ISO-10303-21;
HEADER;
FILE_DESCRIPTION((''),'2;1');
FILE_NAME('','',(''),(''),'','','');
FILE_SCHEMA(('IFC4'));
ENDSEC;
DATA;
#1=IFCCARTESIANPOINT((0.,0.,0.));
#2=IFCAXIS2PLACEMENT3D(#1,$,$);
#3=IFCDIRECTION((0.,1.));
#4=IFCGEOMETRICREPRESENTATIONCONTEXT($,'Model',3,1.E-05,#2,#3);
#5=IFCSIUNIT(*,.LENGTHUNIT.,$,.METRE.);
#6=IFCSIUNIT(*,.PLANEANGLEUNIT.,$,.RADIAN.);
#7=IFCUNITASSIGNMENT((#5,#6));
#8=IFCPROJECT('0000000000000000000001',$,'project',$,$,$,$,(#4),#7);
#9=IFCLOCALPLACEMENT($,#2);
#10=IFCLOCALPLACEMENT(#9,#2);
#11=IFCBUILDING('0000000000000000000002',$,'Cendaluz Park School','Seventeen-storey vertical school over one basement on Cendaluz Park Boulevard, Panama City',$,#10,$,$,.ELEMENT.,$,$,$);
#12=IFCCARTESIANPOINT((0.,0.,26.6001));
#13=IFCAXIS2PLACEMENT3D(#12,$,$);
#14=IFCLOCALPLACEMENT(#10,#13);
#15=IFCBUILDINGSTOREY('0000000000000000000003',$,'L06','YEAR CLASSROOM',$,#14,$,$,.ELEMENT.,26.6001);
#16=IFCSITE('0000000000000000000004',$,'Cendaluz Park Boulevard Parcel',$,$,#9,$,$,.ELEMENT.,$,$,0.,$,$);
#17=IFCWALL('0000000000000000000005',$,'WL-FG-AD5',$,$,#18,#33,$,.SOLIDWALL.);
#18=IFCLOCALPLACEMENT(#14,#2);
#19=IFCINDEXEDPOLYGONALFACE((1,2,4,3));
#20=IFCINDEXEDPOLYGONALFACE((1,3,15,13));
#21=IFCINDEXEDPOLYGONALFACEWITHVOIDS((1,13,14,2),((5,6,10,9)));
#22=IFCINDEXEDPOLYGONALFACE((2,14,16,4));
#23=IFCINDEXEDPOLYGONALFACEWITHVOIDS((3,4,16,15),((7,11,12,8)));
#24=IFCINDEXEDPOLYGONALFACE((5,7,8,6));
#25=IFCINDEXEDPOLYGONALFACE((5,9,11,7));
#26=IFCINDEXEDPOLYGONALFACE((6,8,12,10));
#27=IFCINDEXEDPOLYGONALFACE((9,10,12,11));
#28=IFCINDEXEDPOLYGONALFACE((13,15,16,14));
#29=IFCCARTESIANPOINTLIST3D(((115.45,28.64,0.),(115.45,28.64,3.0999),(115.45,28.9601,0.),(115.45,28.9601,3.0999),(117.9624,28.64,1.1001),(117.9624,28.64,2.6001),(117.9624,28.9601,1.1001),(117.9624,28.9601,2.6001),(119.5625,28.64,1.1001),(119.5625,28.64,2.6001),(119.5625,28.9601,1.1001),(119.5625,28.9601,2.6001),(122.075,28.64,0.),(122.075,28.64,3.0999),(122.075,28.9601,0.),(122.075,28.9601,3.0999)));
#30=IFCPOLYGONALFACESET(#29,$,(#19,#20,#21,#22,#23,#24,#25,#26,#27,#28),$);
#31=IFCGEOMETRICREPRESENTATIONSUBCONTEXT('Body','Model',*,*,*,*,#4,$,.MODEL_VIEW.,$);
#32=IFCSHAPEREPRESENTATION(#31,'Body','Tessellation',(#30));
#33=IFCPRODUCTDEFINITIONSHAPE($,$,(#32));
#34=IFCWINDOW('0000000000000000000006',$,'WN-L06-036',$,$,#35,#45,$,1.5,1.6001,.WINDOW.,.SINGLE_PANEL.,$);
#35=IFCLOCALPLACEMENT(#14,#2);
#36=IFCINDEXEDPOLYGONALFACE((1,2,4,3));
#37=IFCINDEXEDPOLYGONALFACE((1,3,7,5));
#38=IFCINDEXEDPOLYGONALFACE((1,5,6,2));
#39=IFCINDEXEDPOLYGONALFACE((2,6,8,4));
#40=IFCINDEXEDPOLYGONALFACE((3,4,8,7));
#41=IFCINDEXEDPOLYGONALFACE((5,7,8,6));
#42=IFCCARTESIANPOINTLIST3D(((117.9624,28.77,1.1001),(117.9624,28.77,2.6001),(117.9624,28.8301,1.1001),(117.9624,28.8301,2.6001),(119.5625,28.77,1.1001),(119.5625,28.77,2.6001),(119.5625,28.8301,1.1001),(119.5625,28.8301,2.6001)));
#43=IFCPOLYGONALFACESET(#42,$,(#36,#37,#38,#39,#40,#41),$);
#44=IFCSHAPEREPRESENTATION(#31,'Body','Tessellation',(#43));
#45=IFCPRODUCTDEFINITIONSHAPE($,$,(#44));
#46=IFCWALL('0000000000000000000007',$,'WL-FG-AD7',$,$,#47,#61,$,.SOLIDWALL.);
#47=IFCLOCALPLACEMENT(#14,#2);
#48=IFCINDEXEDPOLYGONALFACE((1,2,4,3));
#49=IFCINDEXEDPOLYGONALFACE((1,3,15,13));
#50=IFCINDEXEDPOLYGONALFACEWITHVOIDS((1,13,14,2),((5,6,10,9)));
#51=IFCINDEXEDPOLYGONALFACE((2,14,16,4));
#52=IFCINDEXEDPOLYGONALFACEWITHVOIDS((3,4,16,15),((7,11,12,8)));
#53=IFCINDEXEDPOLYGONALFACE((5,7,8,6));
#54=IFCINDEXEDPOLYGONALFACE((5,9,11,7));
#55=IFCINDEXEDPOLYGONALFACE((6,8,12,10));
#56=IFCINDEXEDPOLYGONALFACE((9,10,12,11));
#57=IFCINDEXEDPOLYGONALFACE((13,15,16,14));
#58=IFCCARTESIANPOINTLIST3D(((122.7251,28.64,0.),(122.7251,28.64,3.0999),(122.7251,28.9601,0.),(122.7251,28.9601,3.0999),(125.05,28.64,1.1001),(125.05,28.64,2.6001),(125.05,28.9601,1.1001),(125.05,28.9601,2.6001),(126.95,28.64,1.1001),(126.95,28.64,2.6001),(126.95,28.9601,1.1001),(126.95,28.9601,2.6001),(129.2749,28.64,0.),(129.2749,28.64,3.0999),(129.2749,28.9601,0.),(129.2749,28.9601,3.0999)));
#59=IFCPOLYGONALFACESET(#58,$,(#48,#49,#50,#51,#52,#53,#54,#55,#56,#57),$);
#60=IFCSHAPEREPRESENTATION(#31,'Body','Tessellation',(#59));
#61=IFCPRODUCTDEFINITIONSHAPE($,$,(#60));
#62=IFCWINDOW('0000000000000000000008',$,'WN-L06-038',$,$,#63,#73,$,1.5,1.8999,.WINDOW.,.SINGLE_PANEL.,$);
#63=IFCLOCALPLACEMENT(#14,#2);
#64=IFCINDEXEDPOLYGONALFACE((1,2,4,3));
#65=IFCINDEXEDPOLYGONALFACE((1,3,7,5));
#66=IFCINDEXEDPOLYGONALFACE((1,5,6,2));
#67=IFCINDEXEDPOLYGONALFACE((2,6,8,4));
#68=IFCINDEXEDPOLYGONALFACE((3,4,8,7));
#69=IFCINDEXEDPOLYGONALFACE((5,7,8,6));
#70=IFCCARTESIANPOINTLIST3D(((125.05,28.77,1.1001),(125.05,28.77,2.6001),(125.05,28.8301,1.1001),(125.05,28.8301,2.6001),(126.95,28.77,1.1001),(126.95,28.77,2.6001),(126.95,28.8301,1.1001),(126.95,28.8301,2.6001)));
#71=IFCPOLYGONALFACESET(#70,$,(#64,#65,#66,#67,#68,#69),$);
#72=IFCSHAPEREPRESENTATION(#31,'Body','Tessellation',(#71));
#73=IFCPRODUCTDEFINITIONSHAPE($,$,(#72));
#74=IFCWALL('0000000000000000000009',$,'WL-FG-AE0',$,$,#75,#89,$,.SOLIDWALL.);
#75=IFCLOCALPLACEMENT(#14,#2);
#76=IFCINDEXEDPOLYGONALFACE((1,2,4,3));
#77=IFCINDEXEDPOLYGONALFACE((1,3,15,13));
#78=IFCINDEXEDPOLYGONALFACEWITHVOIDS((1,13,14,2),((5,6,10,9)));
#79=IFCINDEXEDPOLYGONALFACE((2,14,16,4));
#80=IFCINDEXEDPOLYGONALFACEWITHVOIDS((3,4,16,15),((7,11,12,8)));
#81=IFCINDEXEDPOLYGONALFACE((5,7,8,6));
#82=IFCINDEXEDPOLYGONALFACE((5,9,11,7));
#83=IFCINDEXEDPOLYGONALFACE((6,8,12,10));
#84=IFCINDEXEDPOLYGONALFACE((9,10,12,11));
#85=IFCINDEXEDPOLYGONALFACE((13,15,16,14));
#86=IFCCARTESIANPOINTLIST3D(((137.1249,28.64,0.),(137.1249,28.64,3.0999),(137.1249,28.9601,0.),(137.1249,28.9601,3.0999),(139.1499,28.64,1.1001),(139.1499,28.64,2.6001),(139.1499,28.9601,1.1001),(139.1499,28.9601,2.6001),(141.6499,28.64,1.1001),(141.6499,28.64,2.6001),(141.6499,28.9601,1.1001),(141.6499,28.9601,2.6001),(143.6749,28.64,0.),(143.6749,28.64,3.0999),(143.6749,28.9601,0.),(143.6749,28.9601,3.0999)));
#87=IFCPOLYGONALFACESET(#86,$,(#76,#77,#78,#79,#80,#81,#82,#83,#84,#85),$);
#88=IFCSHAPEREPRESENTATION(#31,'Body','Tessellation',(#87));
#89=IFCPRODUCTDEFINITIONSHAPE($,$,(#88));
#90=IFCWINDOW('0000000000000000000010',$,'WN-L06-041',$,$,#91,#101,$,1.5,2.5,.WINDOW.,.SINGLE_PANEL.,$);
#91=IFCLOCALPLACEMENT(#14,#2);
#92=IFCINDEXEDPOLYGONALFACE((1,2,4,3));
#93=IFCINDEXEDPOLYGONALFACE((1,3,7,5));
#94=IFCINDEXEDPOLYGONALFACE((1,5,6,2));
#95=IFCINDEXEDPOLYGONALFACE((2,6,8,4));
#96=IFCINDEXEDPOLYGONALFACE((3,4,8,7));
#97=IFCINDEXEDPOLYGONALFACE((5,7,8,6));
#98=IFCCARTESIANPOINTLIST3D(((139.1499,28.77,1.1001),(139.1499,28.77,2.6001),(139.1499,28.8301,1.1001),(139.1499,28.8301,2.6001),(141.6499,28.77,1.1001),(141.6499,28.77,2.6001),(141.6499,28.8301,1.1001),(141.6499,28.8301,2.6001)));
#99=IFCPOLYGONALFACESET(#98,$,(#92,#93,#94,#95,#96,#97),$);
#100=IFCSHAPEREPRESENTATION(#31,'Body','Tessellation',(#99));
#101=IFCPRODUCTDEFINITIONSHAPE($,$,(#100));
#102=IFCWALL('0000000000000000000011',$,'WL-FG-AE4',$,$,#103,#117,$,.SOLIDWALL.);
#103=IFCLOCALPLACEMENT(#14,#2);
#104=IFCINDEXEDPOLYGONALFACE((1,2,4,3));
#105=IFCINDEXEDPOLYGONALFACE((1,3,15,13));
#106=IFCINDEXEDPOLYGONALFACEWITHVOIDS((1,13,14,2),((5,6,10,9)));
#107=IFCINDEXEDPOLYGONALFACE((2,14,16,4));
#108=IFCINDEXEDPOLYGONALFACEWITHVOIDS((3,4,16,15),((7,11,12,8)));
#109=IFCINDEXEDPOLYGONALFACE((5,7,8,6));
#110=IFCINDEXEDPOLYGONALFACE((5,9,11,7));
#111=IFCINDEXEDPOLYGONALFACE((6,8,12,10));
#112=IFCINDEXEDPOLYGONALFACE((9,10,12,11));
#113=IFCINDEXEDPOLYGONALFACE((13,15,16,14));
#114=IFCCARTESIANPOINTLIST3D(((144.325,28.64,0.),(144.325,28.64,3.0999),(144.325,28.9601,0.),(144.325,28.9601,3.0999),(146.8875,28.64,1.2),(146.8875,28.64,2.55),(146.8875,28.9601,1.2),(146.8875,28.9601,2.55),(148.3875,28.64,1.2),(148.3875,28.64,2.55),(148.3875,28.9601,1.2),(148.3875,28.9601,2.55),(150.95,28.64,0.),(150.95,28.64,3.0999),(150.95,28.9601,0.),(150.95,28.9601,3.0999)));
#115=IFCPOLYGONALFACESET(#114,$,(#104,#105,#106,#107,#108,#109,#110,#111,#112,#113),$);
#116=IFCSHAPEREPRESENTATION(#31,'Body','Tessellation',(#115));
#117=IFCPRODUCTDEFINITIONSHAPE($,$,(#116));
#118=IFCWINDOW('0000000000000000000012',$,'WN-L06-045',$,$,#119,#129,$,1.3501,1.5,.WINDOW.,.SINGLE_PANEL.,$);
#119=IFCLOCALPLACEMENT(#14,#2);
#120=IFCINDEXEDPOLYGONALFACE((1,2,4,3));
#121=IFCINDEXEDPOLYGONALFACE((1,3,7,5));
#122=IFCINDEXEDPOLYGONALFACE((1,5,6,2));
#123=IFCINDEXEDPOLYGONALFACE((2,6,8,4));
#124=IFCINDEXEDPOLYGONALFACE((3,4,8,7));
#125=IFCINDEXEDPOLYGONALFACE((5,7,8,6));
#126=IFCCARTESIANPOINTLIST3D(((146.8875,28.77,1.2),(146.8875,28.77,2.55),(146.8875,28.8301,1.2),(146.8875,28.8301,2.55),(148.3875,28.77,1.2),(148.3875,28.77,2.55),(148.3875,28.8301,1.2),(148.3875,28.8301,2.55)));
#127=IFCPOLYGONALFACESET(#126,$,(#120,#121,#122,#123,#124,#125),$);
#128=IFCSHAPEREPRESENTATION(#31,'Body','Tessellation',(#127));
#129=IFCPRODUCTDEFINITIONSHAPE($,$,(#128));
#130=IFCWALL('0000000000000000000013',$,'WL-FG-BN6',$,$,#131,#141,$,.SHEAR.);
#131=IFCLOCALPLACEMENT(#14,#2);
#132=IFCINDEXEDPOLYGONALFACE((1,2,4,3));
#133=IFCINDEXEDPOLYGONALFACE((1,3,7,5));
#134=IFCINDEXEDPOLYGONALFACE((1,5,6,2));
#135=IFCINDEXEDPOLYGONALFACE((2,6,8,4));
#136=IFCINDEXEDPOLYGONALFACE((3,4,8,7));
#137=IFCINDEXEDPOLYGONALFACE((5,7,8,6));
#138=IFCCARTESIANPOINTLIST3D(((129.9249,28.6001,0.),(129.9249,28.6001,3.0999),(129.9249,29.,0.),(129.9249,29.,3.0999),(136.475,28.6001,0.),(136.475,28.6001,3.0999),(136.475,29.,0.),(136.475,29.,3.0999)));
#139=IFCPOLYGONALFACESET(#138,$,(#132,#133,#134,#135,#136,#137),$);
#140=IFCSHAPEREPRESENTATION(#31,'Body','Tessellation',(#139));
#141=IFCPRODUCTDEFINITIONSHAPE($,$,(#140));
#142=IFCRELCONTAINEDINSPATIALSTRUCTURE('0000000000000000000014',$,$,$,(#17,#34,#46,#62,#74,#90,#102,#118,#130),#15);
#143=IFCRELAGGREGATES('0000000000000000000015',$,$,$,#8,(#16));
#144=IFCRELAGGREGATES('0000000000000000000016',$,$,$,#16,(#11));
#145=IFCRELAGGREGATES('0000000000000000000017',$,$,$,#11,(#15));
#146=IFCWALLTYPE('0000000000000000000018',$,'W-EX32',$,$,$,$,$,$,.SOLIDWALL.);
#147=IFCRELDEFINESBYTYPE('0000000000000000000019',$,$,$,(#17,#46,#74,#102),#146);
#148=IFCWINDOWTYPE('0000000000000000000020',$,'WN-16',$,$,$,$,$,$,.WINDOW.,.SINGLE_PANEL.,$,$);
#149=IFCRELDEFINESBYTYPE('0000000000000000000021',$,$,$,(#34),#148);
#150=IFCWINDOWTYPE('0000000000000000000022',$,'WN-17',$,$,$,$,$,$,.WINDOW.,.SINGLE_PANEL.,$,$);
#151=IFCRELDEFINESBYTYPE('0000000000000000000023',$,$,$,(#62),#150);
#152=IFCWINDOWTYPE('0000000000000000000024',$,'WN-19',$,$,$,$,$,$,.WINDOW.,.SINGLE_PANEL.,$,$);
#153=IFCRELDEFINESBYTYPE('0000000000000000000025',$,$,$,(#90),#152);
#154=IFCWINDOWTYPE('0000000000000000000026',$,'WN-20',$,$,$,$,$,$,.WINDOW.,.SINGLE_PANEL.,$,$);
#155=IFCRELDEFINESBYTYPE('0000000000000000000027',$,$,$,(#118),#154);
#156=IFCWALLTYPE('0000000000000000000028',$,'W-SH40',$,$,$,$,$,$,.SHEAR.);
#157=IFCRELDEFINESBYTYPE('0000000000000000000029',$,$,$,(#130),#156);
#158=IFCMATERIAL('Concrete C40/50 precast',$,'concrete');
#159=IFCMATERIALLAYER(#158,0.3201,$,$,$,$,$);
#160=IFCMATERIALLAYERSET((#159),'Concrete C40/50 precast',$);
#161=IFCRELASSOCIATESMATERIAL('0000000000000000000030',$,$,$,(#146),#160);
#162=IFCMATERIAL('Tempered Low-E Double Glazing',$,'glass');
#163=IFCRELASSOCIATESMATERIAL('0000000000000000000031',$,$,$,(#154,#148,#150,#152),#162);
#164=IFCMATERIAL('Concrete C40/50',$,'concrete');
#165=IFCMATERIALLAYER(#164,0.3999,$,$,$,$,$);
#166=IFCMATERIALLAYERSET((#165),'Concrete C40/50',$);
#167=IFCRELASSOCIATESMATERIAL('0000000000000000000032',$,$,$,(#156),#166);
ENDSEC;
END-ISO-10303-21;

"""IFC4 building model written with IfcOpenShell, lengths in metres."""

from ifc_helpers import new_model, si_unit, direction, frame, frame_2d, origin, place, context, subcontext, project, spatial, rectangle, extrude, material, layer, layer_set, type_object, element, fill, save


model = new_model("IFC4")

# Units and contexts
model_context = context("Model", 3, precision=1e-05, world=origin(), true_north=direction((0.0, 1.0)))
body_context = subcontext(model_context, "Body", "Model", "MODEL_VIEW")
ifc_project = project(units=[si_unit("LENGTHUNIT", "METRE"), si_unit("PLANEANGLEUNIT", "RADIAN")], contexts=[model_context])

# Site, building, storey
site_placement = place(None, origin())
site = spatial("IfcSite", under=ifc_project, at=site_placement, Name="Cendaluz Park Boulevard Parcel", CompositionType="ELEMENT", RefElevation=0.0)
building_placement = place(site_placement, origin())
building = spatial("IfcBuilding", under=site, at=building_placement, Name="Cendaluz Park School", Description="Seventeen-storey vertical school over one basement on Cendaluz Park Boulevard, Panama City", CompositionType="ELEMENT")
storey_placement = place(building_placement, frame((0.0, 0.0, 26.6001)))
storey = spatial("IfcBuildingStorey", under=building, at=storey_placement, Name="L06", Description="YEAR CLASSROOM", CompositionType="ELEMENT", Elevation=26.6001)

# Shared definitions
ifc_material_1 = material(Name="Concrete C40/50", Category="concrete")

# Walls, openings, windows
ifc_material_2 = material(Name="Concrete C40/50 precast", Category="concrete")
ifc_layer_1 = layer(ifc_material_2, 0.3201)
ifc_layer_set_1 = layer_set([ifc_layer_1], Name="Concrete C40/50 precast")
wall_type_1 = type_object("IfcWallType", Name="W-EX32", PredefinedType="SOLIDWALL", material=ifc_layer_set_1)
ifc_material_3 = material(Name="Tempered Low-E Double Glazing", Category="glass")
window_type_1 = type_object("IfcWindowType", Name="WN-20", PartitioningType="SINGLE_PANEL", PredefinedType="WINDOW", material=ifc_material_3)
wall_1_placement = place(storey_placement, frame((115.45, 28.8, 0.0), z_axis=(0.0, 0.0, 1.0), x_axis=(1.0, 0.0, 0.0)))
wall_1 = element("IfcWall", 1, at=wall_1_placement, inside=storey, type_object=wall_type_1, Name="WL-FG-AD5", PredefinedType="SOLIDWALL", context=body_context, shape_type="SweptSolid", body=[
    extrude(rectangle(XDim=6.625, YDim=0.3201, at=frame_2d((3.3125, 0.0))), origin(), (0.0, 0.0, 1.0), 3.0999),
])
opening_1_placement = place(wall_1_placement, frame((2.5125, 0.0, 1.1001)))
opening_1 = element("IfcOpeningElement", 2, at=opening_1_placement, cuts=wall_1, PredefinedType="OPENING", context=body_context, shape_type="SweptSolid", body=[
    extrude(rectangle(XDim=1.6001, YDim=1.5, at=frame_2d((0.8, 0.75))), frame((0.0, 0.1721, 0.0), z_axis=(0.0, -1.0, 0.0), x_axis=(1.0, 0.0, 0.0)), (0.0, 0.0, 1.0), 0.344),
])
window_type_2 = type_object("IfcWindowType", Name="WN-16", PartitioningType="SINGLE_PANEL", PredefinedType="WINDOW", material=ifc_material_3)
window_1_placement = place(opening_1_placement, origin())
window_1 = element("IfcWindow", 3, at=window_1_placement, inside=storey, type_object=window_type_2, Name="WN-L06-036", OverallHeight=1.5, OverallWidth=1.6001, PartitioningType="SINGLE_PANEL", PredefinedType="WINDOW", context=body_context, shape_type="SweptSolid", body=[
    extrude(rectangle(XDim=1.6001, YDim=1.5, at=frame_2d((0.8, 0.75))), frame((0.0, 0.03, 0.0), z_axis=(0.0, -1.0, 0.0), x_axis=(1.0, 0.0, 0.0)), (0.0, 0.0, 1.0), 0.0601),
])
fill(opening_1, window_1)
wall_2_placement = place(storey_placement, frame((122.7251, 28.8, 0.0), z_axis=(0.0, 0.0, 1.0), x_axis=(1.0, 0.0, 0.0)))
wall_2 = element("IfcWall", 4, at=wall_2_placement, inside=storey, type_object=wall_type_1, Name="WL-FG-AD7", PredefinedType="SOLIDWALL", context=body_context, shape_type="SweptSolid", body=[
    extrude(rectangle(XDim=6.5498, YDim=0.3201, at=frame_2d((3.2749, 0.0))), origin(), (0.0, 0.0, 1.0), 3.0999),
])
opening_2_placement = place(wall_2_placement, frame((2.325, 0.0, 1.1001)))
opening_2 = element("IfcOpeningElement", 5, at=opening_2_placement, cuts=wall_2, PredefinedType="OPENING", context=body_context, shape_type="SweptSolid", body=[
    extrude(rectangle(XDim=1.8999, YDim=1.5, at=frame_2d((0.95, 0.75))), frame((0.0, 0.1721, 0.0), z_axis=(0.0, -1.0, 0.0), x_axis=(1.0, 0.0, 0.0)), (0.0, 0.0, 1.0), 0.344),
])
window_type_3 = type_object("IfcWindowType", Name="WN-17", PartitioningType="SINGLE_PANEL", PredefinedType="WINDOW", material=ifc_material_3)
window_2_placement = place(opening_2_placement, origin())
window_2 = element("IfcWindow", 6, at=window_2_placement, inside=storey, type_object=window_type_3, Name="WN-L06-038", OverallHeight=1.5, OverallWidth=1.8999, PartitioningType="SINGLE_PANEL", PredefinedType="WINDOW", context=body_context, shape_type="SweptSolid", body=[
    extrude(rectangle(XDim=1.8999, YDim=1.5, at=frame_2d((0.95, 0.75))), frame((0.0, 0.03, 0.0), z_axis=(0.0, -1.0, 0.0), x_axis=(1.0, 0.0, 0.0)), (0.0, 0.0, 1.0), 0.0601),
])
fill(opening_2, window_2)
wall_3_placement = place(storey_placement, frame((137.125, 28.8, 0.0), z_axis=(0.0, 0.0, 1.0), x_axis=(1.0, 0.0, 0.0)))
wall_3 = element("IfcWall", 7, at=wall_3_placement, inside=storey, type_object=wall_type_1, Name="WL-FG-AE0", PredefinedType="SOLIDWALL", context=body_context, shape_type="SweptSolid", body=[
    extrude(rectangle(XDim=6.55, YDim=0.3201, at=frame_2d((3.2749, 0.0))), origin(), (0.0, 0.0, 1.0), 3.0999),
])
opening_3_placement = place(wall_3_placement, frame((2.0249, 0.0, 1.1001)))
opening_3 = element("IfcOpeningElement", 8, at=opening_3_placement, cuts=wall_3, PredefinedType="OPENING", context=body_context, shape_type="SweptSolid", body=[
    extrude(rectangle(XDim=2.5, YDim=1.5, at=frame_2d((1.25, 0.75))), frame((0.0, 0.1721, 0.0), z_axis=(0.0, -1.0, 0.0), x_axis=(1.0, 0.0, 0.0)), (0.0, 0.0, 1.0), 0.344),
])
window_type_4 = type_object("IfcWindowType", Name="WN-19", PartitioningType="SINGLE_PANEL", PredefinedType="WINDOW", material=ifc_material_3)
window_3_placement = place(opening_3_placement, origin())
window_3 = element("IfcWindow", 9, at=window_3_placement, inside=storey, type_object=window_type_4, Name="WN-L06-041", OverallHeight=1.5, OverallWidth=2.5, PartitioningType="SINGLE_PANEL", PredefinedType="WINDOW", context=body_context, shape_type="SweptSolid", body=[
    extrude(rectangle(XDim=2.5, YDim=1.5, at=frame_2d((1.25, 0.75))), frame((0.0, 0.03, 0.0), z_axis=(0.0, -1.0, 0.0), x_axis=(1.0, 0.0, 0.0)), (0.0, 0.0, 1.0), 0.0601),
])
fill(opening_3, window_3)
wall_4_placement = place(storey_placement, frame((144.325, 28.8, 0.0), z_axis=(0.0, 0.0, 1.0), x_axis=(1.0, 0.0, 0.0)))
wall_4 = element("IfcWall", 10, at=wall_4_placement, inside=storey, type_object=wall_type_1, Name="WL-FG-AE4", PredefinedType="SOLIDWALL", context=body_context, shape_type="SweptSolid", body=[
    extrude(rectangle(XDim=6.625, YDim=0.3201, at=frame_2d((3.3125, 0.0))), origin(), (0.0, 0.0, 1.0), 3.0999),
])
opening_4_placement = place(wall_4_placement, frame((2.5625, 0.0, 1.2)))
opening_4 = element("IfcOpeningElement", 11, at=opening_4_placement, cuts=wall_4, PredefinedType="OPENING", context=body_context, shape_type="SweptSolid", body=[
    extrude(rectangle(XDim=1.5, YDim=1.3501, at=frame_2d((0.75, 0.675))), frame((0.0, 0.1721, 0.0), z_axis=(0.0, -1.0, 0.0), x_axis=(1.0, 0.0, 0.0)), (0.0, 0.0, 1.0), 0.344),
])
window_4_placement = place(opening_4_placement, origin())
window_4 = element("IfcWindow", 12, at=window_4_placement, inside=storey, type_object=window_type_1, Name="WN-L06-045", OverallHeight=1.3501, OverallWidth=1.5, PartitioningType="SINGLE_PANEL", PredefinedType="WINDOW", context=body_context, shape_type="SweptSolid", body=[
    extrude(rectangle(XDim=1.5, YDim=1.3501, at=frame_2d((0.75, 0.675))), frame((0.0, 0.03, 0.0), z_axis=(0.0, -1.0, 0.0), x_axis=(1.0, 0.0, 0.0)), (0.0, 0.0, 1.0), 0.0601),
])
fill(opening_4, window_4)

# Wall
ifc_layer_2 = layer(ifc_material_1, 0.3999)
ifc_layer_set_2 = layer_set([ifc_layer_2], Name="Concrete C40/50")
wall_type_2 = type_object("IfcWallType", Name="W-SH40", PredefinedType="SHEAR", material=ifc_layer_set_2)
wall_5_placement = place(storey_placement, frame((129.925, 28.8, 0.0), z_axis=(0.0, 0.0, 1.0), x_axis=(1.0, 0.0, 0.0)))
element("IfcWall", 13, at=wall_5_placement, inside=storey, type_object=wall_type_2, Name="WL-FG-BN6", PredefinedType="SHEAR", context=body_context, shape_type="SweptSolid", body=[
    extrude(rectangle(XDim=6.55, YDim=0.3999, at=frame_2d((3.2749, 0.0))), origin(), (0.0, 0.0, 1.0), 3.0999),
])

save(model, "model.ifc")
